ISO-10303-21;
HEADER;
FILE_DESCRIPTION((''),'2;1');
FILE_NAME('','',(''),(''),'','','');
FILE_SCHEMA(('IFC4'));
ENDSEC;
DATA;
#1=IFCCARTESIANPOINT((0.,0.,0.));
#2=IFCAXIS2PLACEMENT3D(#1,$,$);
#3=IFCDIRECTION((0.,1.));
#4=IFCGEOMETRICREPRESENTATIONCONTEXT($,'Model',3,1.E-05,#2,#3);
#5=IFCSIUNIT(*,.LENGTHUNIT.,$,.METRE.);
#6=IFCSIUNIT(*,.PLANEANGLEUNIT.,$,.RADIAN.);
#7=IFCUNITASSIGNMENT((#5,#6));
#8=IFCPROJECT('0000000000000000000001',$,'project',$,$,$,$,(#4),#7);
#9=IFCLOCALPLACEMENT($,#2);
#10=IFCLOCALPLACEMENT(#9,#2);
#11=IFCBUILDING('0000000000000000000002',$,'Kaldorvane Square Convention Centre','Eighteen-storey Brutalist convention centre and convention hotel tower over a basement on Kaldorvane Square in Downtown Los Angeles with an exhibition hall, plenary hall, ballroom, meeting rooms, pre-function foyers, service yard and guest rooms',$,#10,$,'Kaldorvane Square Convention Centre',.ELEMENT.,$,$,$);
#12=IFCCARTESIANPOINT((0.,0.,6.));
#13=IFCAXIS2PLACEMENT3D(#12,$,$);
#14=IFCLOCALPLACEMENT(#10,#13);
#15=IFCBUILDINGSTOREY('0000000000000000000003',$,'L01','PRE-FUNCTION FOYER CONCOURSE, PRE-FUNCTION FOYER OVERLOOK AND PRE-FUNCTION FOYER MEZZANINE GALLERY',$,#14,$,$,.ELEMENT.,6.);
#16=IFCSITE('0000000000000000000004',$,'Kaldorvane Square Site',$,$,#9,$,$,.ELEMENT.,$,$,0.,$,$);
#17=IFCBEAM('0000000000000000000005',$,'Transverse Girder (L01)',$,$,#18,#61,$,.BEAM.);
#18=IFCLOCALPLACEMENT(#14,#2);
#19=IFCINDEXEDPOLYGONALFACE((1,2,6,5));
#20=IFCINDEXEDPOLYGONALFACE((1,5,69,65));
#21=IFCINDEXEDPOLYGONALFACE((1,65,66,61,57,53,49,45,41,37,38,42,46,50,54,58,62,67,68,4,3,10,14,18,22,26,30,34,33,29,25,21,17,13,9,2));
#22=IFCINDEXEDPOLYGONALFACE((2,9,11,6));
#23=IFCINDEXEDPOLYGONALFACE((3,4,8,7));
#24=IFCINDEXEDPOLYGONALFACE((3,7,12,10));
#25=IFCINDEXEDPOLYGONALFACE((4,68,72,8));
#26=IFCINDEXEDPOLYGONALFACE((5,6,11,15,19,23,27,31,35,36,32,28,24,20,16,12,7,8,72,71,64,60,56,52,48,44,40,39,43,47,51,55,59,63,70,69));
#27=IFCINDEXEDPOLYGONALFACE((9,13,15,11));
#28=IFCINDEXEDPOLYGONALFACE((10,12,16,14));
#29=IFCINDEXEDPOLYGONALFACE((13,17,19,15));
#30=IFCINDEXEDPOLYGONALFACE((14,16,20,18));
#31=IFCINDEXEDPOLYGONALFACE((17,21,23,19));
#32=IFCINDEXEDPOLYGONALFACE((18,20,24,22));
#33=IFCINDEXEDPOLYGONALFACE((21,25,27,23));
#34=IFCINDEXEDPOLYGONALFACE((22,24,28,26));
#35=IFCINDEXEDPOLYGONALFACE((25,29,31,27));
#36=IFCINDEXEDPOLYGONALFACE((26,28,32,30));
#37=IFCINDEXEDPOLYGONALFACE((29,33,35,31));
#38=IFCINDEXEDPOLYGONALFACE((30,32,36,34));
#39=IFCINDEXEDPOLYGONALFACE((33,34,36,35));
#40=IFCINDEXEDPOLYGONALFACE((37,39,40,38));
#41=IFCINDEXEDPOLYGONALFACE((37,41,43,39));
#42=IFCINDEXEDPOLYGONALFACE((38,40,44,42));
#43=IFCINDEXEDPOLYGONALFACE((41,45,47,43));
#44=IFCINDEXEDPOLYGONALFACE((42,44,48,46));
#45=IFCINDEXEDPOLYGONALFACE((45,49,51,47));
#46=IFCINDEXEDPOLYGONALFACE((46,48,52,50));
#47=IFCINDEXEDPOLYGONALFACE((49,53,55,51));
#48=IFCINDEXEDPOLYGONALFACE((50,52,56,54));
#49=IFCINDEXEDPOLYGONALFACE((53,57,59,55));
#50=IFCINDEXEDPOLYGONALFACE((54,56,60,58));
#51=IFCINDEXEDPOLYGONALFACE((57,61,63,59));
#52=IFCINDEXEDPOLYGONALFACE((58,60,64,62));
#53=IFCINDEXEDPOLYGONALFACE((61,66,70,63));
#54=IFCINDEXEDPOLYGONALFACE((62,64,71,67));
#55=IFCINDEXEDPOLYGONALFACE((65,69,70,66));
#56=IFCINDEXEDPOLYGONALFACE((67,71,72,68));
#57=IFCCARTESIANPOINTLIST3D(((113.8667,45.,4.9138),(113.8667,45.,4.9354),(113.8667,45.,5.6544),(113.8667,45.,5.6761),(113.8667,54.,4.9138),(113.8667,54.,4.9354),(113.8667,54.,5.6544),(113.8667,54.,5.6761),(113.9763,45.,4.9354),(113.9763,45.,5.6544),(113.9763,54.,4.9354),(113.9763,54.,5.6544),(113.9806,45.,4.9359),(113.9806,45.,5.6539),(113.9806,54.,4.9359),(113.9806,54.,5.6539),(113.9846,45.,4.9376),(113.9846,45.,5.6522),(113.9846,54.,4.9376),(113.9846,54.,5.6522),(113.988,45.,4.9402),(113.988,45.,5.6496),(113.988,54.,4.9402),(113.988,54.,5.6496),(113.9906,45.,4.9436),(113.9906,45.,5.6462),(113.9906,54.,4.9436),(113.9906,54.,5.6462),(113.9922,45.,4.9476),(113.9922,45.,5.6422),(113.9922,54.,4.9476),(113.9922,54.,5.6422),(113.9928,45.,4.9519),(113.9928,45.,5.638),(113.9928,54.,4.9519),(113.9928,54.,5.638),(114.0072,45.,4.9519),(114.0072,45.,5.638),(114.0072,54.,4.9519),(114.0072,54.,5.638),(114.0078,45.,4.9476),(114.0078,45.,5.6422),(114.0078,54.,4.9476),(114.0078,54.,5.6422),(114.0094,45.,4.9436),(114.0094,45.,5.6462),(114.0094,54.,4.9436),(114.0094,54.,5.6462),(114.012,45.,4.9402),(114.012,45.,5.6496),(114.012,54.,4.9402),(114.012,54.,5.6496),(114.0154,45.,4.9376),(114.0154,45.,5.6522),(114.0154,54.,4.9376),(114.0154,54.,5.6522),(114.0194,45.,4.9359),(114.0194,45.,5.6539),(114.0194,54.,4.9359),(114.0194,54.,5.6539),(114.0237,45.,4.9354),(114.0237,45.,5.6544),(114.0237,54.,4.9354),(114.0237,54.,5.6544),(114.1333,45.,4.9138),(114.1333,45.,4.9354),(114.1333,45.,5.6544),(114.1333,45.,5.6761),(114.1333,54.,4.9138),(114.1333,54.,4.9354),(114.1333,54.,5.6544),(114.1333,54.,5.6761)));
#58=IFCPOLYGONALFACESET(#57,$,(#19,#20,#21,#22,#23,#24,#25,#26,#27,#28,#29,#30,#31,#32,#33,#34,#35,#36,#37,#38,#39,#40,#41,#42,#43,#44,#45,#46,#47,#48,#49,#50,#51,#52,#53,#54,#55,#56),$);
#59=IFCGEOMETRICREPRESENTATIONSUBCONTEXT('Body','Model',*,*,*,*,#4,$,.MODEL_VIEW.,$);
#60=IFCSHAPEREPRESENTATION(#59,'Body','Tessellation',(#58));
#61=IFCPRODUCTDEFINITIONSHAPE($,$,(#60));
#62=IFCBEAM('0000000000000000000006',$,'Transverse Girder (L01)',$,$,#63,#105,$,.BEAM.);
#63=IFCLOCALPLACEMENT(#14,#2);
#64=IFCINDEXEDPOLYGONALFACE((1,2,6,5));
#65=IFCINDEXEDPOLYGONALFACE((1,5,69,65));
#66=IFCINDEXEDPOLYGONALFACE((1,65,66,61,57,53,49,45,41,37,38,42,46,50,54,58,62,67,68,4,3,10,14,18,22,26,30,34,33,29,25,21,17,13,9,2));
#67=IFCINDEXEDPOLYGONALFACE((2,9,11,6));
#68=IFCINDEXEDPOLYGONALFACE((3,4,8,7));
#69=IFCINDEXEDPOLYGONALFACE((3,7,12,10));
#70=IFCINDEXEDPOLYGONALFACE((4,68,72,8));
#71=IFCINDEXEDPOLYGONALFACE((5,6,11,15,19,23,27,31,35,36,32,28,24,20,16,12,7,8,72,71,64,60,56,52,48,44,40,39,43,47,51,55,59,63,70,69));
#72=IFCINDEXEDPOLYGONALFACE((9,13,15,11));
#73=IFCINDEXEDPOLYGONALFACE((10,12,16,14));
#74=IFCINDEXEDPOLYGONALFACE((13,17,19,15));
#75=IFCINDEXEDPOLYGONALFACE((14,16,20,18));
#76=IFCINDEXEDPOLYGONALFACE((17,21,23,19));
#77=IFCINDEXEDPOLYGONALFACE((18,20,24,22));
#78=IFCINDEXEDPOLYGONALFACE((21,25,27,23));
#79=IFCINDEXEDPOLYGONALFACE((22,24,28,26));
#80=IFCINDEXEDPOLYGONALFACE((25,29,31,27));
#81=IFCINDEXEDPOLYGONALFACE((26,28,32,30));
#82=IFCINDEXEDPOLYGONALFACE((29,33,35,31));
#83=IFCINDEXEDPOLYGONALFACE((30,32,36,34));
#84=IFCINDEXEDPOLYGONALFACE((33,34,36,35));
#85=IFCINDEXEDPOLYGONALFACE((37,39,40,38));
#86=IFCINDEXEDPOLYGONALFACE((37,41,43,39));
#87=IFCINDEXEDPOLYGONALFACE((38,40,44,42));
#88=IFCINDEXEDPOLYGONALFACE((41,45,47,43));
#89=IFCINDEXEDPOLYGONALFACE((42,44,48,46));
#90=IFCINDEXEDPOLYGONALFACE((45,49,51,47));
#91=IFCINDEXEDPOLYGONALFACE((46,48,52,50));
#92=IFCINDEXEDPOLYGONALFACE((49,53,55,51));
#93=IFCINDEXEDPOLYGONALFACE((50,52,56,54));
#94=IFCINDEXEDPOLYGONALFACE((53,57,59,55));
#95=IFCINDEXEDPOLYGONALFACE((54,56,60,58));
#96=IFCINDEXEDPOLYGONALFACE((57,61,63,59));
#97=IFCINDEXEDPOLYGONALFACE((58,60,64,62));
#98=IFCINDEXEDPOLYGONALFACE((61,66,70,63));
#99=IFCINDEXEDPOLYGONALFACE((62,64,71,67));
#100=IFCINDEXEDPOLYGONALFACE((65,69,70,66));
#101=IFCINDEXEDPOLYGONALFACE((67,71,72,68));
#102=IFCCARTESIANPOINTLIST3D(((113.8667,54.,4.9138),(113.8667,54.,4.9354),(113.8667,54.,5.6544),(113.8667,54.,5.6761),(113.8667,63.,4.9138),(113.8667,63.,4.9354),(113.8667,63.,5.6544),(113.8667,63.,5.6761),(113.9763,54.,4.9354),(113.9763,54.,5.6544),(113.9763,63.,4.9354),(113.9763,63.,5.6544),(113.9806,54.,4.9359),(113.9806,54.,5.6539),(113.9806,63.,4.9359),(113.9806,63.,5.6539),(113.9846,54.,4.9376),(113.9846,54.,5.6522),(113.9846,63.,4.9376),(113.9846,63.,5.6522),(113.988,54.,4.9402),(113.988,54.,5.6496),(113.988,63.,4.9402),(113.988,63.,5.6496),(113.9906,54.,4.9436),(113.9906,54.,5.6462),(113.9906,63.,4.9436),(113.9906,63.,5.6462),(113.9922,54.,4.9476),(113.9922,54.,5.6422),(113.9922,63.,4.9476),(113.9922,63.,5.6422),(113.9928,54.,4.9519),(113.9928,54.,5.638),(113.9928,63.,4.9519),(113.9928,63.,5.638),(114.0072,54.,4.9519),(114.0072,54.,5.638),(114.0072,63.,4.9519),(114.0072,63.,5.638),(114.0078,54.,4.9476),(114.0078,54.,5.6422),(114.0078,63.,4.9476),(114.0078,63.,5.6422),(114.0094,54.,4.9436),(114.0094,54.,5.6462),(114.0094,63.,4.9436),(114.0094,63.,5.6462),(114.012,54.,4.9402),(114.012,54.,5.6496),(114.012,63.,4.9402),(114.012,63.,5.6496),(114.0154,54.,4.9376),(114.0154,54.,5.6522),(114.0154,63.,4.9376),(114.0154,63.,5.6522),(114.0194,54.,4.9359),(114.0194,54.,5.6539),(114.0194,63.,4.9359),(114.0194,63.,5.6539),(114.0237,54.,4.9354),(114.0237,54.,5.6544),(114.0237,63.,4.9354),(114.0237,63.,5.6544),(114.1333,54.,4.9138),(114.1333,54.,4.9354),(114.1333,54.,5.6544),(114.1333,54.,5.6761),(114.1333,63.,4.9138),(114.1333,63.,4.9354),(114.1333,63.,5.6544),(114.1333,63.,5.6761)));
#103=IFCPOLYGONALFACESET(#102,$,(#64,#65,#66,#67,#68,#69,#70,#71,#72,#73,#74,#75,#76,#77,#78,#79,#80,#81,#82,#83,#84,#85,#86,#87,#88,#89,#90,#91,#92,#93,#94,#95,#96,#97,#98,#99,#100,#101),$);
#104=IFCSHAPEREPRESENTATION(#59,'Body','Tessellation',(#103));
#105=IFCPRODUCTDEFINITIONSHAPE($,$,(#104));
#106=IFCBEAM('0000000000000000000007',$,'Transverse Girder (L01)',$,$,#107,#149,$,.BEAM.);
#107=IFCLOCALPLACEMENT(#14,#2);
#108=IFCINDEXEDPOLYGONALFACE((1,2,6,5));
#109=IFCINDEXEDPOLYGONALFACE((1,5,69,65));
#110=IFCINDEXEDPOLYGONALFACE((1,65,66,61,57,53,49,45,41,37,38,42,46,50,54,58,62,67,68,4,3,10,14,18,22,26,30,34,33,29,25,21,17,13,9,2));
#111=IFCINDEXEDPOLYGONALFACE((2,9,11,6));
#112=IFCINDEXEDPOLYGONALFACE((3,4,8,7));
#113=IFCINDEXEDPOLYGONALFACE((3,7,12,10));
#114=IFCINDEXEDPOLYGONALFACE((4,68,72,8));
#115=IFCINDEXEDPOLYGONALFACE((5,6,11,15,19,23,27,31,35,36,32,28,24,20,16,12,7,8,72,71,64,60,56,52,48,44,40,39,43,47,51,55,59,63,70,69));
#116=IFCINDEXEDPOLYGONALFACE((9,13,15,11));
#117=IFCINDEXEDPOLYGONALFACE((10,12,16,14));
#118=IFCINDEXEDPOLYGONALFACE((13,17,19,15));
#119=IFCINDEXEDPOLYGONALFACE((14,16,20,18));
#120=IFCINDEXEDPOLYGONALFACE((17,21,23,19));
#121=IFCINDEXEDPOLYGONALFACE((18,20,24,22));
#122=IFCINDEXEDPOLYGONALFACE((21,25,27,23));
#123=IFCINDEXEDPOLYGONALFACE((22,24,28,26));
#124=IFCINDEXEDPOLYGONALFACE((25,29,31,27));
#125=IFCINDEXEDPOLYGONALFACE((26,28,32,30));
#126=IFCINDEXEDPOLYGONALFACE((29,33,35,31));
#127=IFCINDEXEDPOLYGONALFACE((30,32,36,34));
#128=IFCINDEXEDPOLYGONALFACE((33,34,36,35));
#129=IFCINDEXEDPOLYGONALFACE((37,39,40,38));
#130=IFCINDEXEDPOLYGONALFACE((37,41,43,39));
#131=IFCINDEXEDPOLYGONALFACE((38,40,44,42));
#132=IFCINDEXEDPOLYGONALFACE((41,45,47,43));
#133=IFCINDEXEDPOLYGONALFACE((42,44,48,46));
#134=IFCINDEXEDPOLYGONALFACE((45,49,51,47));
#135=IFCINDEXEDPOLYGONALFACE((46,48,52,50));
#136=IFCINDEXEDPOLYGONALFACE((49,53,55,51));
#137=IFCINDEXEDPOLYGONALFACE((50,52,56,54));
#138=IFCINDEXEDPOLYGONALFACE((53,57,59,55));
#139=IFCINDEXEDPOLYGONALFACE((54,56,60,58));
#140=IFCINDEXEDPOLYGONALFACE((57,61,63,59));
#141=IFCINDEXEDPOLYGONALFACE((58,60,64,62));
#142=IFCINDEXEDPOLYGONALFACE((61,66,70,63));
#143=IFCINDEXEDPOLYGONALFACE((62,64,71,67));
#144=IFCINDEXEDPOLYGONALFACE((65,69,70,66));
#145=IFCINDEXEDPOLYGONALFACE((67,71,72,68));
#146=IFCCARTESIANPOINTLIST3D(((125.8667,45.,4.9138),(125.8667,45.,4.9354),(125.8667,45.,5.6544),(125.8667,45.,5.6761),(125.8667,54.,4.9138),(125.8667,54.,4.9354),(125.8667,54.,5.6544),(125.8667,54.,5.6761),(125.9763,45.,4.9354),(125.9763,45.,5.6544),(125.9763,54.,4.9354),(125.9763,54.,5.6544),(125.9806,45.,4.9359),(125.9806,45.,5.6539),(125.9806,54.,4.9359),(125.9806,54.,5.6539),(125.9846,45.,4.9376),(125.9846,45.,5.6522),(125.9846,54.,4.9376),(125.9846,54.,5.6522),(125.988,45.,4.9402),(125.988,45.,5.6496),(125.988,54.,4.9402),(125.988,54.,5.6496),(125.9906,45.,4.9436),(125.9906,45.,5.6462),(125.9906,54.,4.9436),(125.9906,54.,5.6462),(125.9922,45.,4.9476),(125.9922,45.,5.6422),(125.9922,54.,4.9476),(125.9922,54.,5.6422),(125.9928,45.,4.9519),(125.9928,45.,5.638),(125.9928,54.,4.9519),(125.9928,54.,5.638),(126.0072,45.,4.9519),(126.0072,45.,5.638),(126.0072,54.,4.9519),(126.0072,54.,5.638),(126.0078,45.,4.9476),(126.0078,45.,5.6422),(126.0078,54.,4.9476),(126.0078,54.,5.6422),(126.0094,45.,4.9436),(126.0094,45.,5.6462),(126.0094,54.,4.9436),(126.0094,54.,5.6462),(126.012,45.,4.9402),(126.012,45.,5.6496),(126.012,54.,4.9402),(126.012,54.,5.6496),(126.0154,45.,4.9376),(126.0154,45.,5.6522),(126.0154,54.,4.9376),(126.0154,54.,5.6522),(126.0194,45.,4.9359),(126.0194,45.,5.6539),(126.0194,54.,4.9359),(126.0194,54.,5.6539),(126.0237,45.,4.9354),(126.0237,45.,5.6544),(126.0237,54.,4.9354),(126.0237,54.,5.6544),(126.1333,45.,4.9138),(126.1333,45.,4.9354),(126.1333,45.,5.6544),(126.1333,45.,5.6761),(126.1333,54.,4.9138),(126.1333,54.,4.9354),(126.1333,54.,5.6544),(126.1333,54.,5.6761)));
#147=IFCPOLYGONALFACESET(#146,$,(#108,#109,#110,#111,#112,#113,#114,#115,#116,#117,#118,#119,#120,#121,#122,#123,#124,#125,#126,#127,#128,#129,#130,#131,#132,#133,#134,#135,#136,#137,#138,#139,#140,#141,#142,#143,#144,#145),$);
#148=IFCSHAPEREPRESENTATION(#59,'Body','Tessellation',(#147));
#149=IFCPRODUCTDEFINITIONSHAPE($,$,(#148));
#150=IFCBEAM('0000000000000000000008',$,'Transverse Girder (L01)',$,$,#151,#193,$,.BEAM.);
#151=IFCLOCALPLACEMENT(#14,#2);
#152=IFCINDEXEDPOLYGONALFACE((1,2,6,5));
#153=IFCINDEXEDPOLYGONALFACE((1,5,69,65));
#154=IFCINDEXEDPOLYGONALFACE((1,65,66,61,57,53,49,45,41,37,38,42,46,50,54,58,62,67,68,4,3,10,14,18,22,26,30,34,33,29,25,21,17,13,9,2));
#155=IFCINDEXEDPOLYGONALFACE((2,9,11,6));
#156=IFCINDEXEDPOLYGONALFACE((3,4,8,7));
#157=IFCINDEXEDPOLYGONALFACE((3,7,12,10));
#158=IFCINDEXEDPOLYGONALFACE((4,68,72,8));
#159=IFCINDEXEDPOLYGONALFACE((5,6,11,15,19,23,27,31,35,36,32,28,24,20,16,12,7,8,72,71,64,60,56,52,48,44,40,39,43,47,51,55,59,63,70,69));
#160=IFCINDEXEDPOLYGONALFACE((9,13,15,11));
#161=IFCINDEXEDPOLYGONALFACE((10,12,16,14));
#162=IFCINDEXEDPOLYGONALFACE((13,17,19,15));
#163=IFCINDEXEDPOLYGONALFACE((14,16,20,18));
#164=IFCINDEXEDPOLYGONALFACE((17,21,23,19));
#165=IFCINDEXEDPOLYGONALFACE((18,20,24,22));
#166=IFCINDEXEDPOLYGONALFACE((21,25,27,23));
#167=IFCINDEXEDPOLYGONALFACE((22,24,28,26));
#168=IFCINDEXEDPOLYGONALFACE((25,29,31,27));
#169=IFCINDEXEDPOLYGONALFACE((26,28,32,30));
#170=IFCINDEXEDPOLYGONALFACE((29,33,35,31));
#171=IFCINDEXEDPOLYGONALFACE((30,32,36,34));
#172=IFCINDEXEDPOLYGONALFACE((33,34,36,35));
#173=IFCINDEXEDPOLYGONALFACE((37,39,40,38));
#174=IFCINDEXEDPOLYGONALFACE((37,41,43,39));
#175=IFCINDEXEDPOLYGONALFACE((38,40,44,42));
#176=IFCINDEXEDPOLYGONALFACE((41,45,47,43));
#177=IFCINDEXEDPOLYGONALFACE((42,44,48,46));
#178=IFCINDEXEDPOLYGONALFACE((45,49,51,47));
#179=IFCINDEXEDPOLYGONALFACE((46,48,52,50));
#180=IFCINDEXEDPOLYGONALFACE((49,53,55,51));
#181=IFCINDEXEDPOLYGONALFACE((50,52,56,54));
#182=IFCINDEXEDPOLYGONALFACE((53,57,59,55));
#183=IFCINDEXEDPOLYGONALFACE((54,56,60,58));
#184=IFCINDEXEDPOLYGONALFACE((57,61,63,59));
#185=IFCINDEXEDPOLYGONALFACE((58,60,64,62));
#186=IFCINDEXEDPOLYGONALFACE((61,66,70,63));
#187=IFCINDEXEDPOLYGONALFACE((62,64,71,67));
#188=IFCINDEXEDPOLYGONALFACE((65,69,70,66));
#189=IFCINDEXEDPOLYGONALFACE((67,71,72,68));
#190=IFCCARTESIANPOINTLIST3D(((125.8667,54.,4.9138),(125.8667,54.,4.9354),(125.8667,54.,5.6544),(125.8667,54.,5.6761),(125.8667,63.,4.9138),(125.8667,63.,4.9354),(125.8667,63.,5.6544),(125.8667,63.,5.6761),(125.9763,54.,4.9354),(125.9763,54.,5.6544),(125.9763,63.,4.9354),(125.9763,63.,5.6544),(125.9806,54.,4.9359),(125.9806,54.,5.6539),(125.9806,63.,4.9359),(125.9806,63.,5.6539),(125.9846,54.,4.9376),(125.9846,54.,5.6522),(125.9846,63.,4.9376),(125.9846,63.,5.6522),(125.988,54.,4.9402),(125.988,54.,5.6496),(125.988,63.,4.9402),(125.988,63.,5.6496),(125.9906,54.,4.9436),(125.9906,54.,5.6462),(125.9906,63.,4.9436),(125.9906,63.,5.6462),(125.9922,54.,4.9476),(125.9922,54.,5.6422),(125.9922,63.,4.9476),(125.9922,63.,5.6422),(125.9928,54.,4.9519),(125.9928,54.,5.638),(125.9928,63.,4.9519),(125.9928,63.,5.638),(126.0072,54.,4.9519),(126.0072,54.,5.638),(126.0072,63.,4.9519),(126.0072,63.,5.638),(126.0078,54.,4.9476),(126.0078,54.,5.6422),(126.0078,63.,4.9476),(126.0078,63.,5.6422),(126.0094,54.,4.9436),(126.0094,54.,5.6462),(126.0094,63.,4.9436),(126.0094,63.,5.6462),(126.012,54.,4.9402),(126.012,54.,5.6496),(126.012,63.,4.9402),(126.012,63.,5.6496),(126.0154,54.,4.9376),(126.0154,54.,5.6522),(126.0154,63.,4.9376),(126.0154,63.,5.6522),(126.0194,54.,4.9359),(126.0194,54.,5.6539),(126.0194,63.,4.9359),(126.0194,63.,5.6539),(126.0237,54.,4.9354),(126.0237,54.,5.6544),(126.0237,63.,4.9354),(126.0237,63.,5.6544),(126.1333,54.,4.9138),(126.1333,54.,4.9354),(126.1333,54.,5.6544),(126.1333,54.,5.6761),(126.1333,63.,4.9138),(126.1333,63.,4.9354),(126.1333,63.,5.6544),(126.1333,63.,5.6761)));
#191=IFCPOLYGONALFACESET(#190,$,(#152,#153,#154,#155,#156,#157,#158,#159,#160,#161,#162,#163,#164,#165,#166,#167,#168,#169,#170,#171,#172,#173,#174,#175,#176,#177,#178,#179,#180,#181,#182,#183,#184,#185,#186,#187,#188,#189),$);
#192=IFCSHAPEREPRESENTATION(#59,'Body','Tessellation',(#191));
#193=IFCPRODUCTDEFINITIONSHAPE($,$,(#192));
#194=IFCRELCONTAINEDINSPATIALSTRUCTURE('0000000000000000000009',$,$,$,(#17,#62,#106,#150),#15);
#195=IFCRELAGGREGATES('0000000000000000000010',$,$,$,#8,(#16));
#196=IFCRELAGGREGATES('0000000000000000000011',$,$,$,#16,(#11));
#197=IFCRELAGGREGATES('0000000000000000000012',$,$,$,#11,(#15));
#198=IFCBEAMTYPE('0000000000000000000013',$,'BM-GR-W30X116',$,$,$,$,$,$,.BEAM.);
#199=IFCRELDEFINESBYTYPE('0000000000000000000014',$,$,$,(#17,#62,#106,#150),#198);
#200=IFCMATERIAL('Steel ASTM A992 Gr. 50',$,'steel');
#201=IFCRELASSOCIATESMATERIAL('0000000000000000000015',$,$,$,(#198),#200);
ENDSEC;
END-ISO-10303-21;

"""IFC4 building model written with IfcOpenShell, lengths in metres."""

from ifc_helpers import new_model, si_unit, direction, frame, origin, origin_2d, place, context, subcontext, project, spatial, i_section, extrude, material, material_profile, profile_set, type_object, element, save


model = new_model("IFC4")

# Units and contexts
model_context = context("Model", 3, precision=1e-05, world=origin(), true_north=direction((0.0, 1.0)))
body_context = subcontext(model_context, "Body", "Model", "MODEL_VIEW")
ifc_project = project(units=[si_unit("LENGTHUNIT", "METRE"), si_unit("PLANEANGLEUNIT", "RADIAN")], contexts=[model_context])

# Site, building, storey
site_placement = place(None, origin())
site = spatial("IfcSite", under=ifc_project, at=site_placement, Name="Kaldorvane Square Site", CompositionType="ELEMENT", RefElevation=0.0)
building_placement = place(site_placement, origin())
building = spatial("IfcBuilding", under=site, at=building_placement, Name="Kaldorvane Square Convention Centre", Description="Eighteen-storey Brutalist convention centre and convention hotel tower over a basement on Kaldorvane Square in Downtown Los Angeles with an exhibition hall, plenary hall, ballroom, meeting rooms, pre-function foyers, service yard and guest rooms", LongName="Kaldorvane Square Convention Centre", CompositionType="ELEMENT")
storey_placement = place(building_placement, frame((0.0, 0.0, 6.0)))
storey = spatial("IfcBuildingStorey", under=building, at=storey_placement, Name="L01", Description="PRE-FUNCTION FOYER CONCOURSE, PRE-FUNCTION FOYER OVERLOOK AND PRE-FUNCTION FOYER MEZZANINE GALLERY", CompositionType="ELEMENT", Elevation=6.0)

# Shared definitions
ifc_material_1 = material(Name="Steel ASTM A992 Gr. 50", Category="steel")

# Beams
ifc_material_profile_1 = material_profile(ifc_material_1, i_section(OverallWidth=0.2666, OverallDepth=0.7623, WebThickness=0.0144, FlangeThickness=0.0216, FilletRadius=0.0165, at=origin_2d()), Name="W30X116")
ifc_profile_set_1 = profile_set([ifc_material_profile_1], Name="Steel ASTM A992 Gr. 50")
beam_type_1 = type_object("IfcBeamType", Name="BM-GR-W30X116", PredefinedType="BEAM", material=ifc_profile_set_1)
for number, where, z_axis, x_axis, name in (
    (1, (114.0, 45.0, 5.2949), (0.0, 1.0, 0.0), (-1.0, 0.0, 0.0), "Transverse Girder (L01)"),
    (2, (114.0, 54.0, 5.2949), (0.0, 1.0, 0.0), (-1.0, 0.0, 0.0), "Transverse Girder (L01)"),
    (3, (126.0, 45.0, 5.2949), (0.0, 1.0, 0.0), (-1.0, 0.0, 0.0), "Transverse Girder (L01)"),
    (4, (126.0, 54.0, 5.2949), (0.0, 1.0, 0.0), (-1.0, 0.0, 0.0), "Transverse Girder (L01)"),
):
    element("IfcBeam", number, at=place(storey_placement, frame(where, z_axis=z_axis, x_axis=x_axis)), inside=storey, type_object=beam_type_1, Name=name, PredefinedType="BEAM", context=body_context, shape_type="SweptSolid", body=[
        extrude(i_section(OverallWidth=0.2666, OverallDepth=0.7623, WebThickness=0.0144, FlangeThickness=0.0216, FilletRadius=0.0165, at=origin_2d()), origin(), (0.0, 0.0, 1.0), 9.0),
    ])

save(model, "model.ifc")
